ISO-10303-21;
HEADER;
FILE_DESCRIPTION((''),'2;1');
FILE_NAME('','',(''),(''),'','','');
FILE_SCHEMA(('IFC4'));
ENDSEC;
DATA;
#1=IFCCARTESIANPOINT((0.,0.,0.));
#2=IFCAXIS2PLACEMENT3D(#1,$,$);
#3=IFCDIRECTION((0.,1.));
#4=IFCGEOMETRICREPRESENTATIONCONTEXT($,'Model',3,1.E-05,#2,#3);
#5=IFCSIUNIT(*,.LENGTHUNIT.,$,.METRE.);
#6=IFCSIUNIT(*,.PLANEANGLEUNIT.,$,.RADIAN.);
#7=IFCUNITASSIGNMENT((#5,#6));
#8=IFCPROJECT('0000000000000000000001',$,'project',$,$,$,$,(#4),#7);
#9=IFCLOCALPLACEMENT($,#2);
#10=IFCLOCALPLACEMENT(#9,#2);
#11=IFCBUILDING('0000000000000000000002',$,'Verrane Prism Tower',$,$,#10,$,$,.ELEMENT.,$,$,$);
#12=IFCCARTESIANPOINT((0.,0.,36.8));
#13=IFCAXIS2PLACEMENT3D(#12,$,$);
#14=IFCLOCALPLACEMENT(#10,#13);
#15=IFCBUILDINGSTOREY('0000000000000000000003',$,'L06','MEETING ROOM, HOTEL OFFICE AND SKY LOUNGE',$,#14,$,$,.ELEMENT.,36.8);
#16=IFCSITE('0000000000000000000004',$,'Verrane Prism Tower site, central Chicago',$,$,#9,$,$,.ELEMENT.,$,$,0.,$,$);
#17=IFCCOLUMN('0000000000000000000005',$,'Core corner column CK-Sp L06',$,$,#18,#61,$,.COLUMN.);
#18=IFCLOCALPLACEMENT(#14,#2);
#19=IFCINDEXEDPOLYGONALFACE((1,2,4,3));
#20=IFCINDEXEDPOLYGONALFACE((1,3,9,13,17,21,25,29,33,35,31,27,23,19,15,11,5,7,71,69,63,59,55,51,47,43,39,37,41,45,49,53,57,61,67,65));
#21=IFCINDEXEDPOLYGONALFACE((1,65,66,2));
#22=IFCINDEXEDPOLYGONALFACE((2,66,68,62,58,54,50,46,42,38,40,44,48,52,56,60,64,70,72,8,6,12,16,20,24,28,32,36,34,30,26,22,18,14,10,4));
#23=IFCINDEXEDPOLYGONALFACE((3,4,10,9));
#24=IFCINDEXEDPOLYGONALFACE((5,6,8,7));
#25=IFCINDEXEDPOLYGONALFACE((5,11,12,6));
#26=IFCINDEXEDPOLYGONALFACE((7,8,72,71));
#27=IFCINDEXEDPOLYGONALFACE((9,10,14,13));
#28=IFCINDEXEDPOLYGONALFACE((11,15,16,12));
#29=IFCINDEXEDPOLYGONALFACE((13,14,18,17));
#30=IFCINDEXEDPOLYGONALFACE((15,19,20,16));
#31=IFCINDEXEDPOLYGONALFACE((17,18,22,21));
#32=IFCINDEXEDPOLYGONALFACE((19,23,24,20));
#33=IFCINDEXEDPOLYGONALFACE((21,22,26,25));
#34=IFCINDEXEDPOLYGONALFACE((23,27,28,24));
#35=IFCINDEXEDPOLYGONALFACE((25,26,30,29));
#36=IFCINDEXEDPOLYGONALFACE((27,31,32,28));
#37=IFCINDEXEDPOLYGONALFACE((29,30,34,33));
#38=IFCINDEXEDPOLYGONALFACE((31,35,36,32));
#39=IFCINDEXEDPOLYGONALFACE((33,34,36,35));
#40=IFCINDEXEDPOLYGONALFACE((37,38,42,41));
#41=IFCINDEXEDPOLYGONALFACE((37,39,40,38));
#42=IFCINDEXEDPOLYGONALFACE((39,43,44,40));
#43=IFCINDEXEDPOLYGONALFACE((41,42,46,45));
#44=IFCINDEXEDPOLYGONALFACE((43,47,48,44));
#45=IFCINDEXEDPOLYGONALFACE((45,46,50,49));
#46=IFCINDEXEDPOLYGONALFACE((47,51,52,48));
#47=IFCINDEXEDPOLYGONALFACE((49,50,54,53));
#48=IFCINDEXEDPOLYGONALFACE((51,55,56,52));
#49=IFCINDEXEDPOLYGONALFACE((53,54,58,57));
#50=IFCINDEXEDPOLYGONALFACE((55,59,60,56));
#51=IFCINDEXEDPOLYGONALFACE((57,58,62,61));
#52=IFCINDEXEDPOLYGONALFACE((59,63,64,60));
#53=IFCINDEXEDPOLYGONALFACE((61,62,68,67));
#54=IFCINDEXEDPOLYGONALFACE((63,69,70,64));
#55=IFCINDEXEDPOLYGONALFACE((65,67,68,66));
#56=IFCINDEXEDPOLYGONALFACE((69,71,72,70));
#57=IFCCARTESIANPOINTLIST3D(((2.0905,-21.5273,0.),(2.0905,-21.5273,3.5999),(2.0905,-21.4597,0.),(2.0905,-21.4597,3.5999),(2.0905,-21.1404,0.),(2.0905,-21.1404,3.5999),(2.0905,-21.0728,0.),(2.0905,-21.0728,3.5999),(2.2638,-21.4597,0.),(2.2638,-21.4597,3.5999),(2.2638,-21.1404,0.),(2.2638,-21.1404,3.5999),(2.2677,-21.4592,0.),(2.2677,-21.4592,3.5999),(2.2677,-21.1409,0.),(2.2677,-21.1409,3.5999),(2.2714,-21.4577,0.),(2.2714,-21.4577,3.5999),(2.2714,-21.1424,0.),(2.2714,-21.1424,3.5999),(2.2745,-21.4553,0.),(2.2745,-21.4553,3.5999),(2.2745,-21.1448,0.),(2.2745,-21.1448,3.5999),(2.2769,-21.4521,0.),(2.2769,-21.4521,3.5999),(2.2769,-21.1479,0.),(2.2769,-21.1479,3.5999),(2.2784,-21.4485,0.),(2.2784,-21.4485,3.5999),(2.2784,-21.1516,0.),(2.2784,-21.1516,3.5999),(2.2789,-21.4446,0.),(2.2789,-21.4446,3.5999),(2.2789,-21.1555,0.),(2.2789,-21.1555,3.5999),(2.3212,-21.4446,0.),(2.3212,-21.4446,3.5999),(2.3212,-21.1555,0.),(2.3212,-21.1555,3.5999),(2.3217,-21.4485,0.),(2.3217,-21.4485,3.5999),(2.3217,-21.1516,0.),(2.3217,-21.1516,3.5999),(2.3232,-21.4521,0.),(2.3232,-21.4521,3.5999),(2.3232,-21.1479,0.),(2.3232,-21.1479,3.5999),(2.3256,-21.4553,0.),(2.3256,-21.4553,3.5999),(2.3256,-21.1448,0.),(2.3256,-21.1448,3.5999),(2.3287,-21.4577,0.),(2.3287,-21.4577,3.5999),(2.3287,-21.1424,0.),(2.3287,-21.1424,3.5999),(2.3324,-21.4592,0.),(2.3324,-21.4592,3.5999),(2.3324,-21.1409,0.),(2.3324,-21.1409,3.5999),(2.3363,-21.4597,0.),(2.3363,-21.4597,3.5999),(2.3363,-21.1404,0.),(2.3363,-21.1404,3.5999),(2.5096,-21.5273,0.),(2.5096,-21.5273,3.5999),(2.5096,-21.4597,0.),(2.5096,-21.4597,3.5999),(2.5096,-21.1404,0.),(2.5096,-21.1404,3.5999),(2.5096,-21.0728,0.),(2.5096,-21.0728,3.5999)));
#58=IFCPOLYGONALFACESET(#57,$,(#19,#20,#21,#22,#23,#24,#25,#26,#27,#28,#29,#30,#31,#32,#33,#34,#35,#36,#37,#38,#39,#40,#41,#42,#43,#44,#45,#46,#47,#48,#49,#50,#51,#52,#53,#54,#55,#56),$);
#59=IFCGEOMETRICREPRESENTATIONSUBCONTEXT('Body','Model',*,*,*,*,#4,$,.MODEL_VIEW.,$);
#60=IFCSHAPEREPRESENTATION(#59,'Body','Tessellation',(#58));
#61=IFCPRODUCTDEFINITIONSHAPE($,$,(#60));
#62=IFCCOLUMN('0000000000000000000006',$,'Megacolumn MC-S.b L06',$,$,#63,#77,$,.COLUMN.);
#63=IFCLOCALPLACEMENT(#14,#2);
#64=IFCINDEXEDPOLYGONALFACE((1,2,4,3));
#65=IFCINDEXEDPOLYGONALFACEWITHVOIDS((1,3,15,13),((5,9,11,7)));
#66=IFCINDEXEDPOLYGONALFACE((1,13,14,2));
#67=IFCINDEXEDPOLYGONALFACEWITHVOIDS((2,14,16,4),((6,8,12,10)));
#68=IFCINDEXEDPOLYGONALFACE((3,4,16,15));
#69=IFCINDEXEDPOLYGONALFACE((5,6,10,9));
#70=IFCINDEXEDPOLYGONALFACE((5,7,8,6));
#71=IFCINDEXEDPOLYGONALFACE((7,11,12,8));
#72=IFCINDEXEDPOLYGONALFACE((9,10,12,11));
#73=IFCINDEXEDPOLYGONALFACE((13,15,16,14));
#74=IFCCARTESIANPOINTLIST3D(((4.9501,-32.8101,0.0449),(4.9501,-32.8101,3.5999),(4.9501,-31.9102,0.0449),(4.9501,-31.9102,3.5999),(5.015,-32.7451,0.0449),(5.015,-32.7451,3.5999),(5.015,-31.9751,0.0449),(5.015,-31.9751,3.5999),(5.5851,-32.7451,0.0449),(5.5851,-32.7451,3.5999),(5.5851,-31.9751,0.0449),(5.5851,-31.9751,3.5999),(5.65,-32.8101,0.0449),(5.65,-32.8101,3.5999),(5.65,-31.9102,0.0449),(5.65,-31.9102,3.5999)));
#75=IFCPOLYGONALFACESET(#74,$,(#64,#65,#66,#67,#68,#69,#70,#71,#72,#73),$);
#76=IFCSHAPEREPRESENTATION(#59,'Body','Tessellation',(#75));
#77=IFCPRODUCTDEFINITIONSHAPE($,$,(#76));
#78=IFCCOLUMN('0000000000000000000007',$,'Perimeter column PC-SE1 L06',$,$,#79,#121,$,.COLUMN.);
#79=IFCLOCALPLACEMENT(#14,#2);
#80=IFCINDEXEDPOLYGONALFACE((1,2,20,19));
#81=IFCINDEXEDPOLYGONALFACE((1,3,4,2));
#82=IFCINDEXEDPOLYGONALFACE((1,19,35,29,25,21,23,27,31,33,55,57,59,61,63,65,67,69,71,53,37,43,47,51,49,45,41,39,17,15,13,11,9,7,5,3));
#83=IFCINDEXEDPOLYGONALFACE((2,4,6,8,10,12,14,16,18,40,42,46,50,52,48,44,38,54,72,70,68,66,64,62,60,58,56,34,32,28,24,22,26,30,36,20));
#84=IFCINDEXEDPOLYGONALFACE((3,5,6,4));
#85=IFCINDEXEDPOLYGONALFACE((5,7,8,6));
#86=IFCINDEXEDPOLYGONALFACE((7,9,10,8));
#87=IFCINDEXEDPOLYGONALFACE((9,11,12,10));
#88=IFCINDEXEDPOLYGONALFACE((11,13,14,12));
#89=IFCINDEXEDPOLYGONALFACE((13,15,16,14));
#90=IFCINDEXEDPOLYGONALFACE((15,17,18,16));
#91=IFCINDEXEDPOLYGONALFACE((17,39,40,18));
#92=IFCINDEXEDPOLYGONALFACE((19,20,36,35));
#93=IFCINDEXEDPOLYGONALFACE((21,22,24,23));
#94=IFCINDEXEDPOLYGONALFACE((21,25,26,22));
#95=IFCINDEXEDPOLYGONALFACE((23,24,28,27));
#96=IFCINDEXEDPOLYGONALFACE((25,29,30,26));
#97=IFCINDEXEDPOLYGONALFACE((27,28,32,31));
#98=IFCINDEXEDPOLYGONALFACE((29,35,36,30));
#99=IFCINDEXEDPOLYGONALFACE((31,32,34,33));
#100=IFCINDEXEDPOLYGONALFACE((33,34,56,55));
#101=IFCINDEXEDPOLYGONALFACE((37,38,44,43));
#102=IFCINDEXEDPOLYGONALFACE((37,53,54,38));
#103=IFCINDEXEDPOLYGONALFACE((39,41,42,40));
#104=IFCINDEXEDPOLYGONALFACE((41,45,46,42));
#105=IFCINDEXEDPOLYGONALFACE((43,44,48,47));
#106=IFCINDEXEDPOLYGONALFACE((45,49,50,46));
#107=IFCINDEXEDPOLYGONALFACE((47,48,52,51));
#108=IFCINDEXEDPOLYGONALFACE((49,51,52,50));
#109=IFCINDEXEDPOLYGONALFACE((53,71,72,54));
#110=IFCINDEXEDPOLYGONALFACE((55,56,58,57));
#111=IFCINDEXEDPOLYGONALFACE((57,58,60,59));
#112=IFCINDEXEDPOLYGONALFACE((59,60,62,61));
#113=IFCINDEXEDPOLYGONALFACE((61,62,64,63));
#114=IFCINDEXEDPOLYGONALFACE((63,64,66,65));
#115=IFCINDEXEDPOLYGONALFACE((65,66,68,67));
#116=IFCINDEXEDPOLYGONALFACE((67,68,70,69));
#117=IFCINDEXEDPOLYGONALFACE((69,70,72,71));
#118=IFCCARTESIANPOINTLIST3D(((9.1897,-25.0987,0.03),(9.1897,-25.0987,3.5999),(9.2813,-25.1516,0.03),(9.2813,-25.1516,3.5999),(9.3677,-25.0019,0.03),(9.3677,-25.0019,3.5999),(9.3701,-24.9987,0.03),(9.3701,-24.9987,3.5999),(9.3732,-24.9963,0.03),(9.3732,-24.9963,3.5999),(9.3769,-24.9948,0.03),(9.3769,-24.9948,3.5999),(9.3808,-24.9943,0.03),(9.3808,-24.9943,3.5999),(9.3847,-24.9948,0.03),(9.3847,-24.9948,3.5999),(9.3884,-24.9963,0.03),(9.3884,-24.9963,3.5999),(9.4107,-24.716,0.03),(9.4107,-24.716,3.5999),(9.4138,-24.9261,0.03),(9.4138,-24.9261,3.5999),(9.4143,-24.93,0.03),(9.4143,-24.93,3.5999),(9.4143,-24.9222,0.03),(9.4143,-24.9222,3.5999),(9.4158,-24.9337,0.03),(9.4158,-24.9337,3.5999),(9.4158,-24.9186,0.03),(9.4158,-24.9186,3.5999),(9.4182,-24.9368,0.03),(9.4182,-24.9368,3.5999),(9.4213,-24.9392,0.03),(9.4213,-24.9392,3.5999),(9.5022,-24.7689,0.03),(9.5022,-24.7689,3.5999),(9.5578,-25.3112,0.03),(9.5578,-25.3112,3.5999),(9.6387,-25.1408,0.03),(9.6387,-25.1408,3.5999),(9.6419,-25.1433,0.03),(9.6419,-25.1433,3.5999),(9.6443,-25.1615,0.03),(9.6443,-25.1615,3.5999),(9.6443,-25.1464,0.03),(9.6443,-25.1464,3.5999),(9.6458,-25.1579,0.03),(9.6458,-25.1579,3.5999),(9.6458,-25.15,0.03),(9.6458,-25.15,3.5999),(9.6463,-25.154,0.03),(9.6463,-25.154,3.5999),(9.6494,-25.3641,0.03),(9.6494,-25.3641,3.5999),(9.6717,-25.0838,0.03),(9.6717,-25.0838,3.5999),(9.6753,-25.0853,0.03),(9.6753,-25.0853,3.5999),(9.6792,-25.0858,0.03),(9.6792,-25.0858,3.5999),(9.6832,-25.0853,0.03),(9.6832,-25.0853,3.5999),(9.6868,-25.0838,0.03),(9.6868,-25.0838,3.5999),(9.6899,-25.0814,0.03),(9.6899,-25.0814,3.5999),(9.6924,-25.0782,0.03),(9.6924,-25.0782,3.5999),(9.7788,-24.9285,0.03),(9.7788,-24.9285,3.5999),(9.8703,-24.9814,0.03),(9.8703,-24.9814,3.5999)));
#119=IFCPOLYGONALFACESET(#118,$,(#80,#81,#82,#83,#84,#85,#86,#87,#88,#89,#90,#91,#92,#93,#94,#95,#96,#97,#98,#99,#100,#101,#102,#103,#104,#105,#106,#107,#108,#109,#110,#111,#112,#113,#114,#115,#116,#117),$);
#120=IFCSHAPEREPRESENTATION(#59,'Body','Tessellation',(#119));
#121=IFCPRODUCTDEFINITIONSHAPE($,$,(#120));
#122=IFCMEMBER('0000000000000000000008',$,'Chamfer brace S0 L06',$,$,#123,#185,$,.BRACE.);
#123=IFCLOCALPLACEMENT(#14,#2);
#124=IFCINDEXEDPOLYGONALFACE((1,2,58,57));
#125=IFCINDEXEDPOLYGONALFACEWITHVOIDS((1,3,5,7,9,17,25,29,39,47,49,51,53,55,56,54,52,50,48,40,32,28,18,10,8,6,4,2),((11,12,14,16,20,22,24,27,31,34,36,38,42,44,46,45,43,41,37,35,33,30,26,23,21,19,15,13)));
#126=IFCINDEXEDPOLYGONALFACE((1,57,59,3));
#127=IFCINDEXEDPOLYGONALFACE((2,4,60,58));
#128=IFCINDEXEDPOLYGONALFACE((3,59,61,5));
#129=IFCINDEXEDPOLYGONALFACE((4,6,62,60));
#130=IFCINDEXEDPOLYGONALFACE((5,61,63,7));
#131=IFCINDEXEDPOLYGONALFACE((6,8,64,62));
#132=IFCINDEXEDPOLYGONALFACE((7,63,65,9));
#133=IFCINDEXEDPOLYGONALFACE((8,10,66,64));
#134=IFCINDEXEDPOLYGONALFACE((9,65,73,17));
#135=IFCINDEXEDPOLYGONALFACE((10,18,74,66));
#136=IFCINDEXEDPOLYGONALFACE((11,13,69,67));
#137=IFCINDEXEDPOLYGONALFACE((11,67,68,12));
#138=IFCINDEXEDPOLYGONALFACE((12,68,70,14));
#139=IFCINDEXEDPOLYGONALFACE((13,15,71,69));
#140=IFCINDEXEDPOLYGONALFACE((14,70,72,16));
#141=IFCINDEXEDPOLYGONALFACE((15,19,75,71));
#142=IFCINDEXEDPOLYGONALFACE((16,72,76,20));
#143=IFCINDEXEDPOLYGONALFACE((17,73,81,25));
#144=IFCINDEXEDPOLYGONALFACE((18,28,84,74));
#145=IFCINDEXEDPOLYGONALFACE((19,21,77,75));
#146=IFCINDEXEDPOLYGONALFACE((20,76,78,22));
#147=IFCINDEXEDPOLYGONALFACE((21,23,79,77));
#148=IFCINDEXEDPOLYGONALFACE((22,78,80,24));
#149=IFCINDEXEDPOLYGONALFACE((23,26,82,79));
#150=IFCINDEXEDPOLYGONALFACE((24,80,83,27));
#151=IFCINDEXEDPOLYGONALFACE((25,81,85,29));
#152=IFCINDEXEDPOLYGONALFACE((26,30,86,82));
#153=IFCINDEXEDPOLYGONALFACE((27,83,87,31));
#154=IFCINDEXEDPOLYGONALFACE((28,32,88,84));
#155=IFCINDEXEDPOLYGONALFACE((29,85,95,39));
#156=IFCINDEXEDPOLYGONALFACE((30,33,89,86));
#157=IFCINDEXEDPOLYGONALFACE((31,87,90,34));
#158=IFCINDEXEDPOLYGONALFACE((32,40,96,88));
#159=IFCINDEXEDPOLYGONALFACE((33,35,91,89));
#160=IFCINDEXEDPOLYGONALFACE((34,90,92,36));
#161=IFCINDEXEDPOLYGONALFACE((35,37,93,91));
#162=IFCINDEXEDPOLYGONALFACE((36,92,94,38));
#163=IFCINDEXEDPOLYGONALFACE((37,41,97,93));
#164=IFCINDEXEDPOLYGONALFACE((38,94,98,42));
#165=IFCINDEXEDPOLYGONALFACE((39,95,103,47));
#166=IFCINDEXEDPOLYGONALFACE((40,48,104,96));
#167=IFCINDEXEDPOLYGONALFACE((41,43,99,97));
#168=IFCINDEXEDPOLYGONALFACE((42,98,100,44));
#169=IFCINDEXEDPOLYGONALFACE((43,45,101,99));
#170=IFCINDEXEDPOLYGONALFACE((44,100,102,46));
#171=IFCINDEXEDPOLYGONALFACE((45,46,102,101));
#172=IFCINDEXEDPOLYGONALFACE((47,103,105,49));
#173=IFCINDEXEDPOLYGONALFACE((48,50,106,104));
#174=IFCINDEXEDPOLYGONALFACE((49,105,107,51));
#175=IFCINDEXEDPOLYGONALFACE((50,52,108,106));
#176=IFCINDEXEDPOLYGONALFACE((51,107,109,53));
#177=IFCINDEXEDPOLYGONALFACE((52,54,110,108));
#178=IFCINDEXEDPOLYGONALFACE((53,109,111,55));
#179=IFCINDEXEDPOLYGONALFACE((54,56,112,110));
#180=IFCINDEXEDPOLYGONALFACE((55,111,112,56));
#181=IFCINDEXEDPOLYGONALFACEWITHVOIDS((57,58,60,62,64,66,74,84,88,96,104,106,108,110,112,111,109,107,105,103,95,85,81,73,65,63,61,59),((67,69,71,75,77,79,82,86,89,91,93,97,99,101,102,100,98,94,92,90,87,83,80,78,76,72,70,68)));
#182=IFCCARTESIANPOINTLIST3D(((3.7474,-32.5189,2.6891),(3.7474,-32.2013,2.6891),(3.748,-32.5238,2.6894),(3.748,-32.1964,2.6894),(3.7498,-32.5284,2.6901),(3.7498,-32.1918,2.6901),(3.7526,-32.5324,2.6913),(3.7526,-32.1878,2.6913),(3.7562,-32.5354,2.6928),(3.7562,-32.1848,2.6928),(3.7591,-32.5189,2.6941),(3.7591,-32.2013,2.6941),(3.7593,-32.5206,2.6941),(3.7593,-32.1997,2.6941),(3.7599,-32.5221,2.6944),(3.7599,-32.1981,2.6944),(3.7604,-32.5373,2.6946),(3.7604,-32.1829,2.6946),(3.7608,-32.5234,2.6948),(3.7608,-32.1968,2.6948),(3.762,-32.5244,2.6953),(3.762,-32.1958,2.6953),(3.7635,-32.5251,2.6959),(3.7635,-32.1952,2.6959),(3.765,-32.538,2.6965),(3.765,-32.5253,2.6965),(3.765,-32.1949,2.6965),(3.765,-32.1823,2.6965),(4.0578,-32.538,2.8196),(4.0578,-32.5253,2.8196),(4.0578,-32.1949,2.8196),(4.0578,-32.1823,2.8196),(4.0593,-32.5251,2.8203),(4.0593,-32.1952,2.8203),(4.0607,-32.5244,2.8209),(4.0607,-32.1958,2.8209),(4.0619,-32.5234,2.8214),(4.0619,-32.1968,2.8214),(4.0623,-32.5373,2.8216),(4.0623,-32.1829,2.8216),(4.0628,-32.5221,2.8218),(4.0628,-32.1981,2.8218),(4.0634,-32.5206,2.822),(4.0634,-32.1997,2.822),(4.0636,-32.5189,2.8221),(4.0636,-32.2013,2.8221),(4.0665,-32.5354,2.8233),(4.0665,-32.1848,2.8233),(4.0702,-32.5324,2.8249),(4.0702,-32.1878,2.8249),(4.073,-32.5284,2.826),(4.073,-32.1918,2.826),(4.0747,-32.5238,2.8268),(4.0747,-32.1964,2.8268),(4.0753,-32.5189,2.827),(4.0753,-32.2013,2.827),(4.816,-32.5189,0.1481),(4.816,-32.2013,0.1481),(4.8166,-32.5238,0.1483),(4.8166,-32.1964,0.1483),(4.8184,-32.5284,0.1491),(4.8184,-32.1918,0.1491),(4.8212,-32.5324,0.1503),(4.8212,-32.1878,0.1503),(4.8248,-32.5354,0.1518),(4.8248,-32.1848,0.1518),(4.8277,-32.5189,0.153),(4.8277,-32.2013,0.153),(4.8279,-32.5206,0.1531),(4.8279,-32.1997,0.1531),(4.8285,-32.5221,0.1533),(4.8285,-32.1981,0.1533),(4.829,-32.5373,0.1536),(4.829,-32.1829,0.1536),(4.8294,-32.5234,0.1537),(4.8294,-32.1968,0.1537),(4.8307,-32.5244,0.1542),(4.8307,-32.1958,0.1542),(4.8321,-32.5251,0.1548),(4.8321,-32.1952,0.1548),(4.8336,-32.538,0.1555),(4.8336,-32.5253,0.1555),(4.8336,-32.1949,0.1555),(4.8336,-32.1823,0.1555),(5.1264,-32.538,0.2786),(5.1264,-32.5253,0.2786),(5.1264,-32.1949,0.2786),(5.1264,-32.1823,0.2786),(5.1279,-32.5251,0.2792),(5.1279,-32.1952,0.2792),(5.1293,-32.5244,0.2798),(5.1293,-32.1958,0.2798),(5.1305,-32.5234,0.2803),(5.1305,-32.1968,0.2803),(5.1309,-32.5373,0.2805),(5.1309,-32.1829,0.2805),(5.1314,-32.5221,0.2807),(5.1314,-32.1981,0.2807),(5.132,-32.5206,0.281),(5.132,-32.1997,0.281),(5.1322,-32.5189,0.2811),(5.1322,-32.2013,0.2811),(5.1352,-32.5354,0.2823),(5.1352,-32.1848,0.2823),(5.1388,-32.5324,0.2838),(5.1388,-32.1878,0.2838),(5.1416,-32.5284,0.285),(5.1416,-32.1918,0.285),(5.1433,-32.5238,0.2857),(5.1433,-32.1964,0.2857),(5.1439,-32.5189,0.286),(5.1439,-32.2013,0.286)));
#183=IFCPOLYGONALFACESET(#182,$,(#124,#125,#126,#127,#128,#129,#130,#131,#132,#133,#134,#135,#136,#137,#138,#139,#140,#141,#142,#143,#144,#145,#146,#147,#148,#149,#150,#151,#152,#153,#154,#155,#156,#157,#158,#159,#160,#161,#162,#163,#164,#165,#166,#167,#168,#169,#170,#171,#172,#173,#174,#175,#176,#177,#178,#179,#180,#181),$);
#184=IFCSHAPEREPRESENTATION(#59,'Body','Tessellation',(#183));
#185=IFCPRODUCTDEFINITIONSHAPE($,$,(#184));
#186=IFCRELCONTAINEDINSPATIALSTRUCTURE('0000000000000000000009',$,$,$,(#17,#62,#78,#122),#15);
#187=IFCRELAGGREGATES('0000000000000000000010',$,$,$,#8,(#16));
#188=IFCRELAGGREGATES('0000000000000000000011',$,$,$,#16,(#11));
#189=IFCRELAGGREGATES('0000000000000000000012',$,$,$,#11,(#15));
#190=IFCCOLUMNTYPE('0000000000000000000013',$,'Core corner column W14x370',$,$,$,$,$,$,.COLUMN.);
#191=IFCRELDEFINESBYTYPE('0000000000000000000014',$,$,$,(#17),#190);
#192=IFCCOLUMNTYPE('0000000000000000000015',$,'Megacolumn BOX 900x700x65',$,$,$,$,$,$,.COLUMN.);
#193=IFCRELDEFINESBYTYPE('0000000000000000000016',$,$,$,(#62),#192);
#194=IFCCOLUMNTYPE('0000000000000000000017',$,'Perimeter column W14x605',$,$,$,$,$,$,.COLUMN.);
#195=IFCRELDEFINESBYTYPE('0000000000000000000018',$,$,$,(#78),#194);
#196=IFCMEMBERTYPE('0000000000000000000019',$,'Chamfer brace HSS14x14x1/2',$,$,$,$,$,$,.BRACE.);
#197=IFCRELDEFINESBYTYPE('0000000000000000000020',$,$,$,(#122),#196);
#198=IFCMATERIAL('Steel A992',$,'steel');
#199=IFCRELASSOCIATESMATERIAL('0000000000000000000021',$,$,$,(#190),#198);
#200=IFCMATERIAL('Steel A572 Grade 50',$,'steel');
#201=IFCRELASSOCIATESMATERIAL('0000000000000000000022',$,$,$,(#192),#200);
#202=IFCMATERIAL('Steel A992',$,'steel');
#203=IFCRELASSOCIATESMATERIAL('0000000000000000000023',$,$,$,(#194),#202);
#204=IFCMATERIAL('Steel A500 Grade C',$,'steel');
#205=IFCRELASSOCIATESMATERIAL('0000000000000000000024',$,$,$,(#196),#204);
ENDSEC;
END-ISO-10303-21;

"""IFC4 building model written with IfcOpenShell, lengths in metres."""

from ifc_helpers import new_model, si_unit, direction, frame, origin, origin_2d, place, context, subcontext, project, spatial, hollow_rectangle, i_section, extrude, material, material_profile, profile_set, type_object, element, save


model = new_model("IFC4")

# Units and contexts
model_context = context("Model", 3, precision=1e-05, world=origin(), true_north=direction((0.0, 1.0)))
body_context = subcontext(model_context, "Body", "Model", "MODEL_VIEW")
ifc_project = project(units=[si_unit("LENGTHUNIT", "METRE"), si_unit("PLANEANGLEUNIT", "RADIAN")], contexts=[model_context])

# Site, building, storey
site_placement = place(None, origin())
site = spatial("IfcSite", under=ifc_project, at=site_placement, Name="Verrane Prism Tower site, central Chicago", CompositionType="ELEMENT", RefElevation=0.0)
building_placement = place(site_placement, origin())
building = spatial("IfcBuilding", under=site, at=building_placement, Name="Verrane Prism Tower", CompositionType="ELEMENT")
storey_placement = place(building_placement, frame((0.0, 0.0, 36.8)))
storey = spatial("IfcBuildingStorey", under=building, at=storey_placement, Name="L06", Description="MEETING ROOM, HOTEL OFFICE AND SKY LOUNGE", CompositionType="ELEMENT", Elevation=36.8)

# Columns
ifc_material_1 = material(Name="Steel A992", Category="steel")
ifc_material_profile_1 = material_profile(ifc_material_1, i_section(OverallWidth=0.4192, OverallDepth=0.4546, WebThickness=0.0422, FlangeThickness=0.0676, FilletRadius=0.0151, at=origin_2d()), Name="W14x370")
ifc_profile_set_1 = profile_set([ifc_material_profile_1], Name="Steel A992")
column_type_1 = type_object("IfcColumnType", Name="Core corner column W14x370", PredefinedType="COLUMN", material=ifc_profile_set_1)
column_1_placement = place(storey_placement, frame((2.3, -21.3, 0.0), z_axis=(0.0, 0.0, 1.0), x_axis=(-1.0, 0.0, 0.0)))
element("IfcColumn", 1, at=column_1_placement, inside=storey, type_object=column_type_1, Name="Core corner column CK-Sp L06", PredefinedType="COLUMN", context=body_context, shape_type="SweptSolid", body=[
    extrude(i_section(OverallWidth=0.4192, OverallDepth=0.4546, WebThickness=0.0422, FlangeThickness=0.0676, FilletRadius=0.0151, at=origin_2d()), origin(), (0.0, 0.0, 1.0), 3.5999),
])
ifc_material_2 = material(Name="Steel A572 Grade 50", Category="steel")
ifc_material_profile_2 = material_profile(ifc_material_2, hollow_rectangle(XDim=0.7, YDim=0.8999, WallThickness=0.0649, at=origin_2d()), Name="BOX 900x700x65")
ifc_profile_set_2 = profile_set([ifc_material_profile_2], Name="Steel A572 Grade 50")
column_type_2 = type_object("IfcColumnType", Name="Megacolumn BOX 900x700x65", PredefinedType="COLUMN", material=ifc_profile_set_2)
column_2_placement = place(storey_placement, frame((5.3, -32.3601, 0.0449), z_axis=(0.0, 0.0, 1.0), x_axis=(-1.0, 0.0, 0.0)))
element("IfcColumn", 2, at=column_2_placement, inside=storey, type_object=column_type_2, Name="Megacolumn MC-S.b L06", PredefinedType="COLUMN", context=body_context, shape_type="SweptSolid", body=[
    extrude(hollow_rectangle(XDim=0.7, YDim=0.8999, WallThickness=0.0649, at=origin_2d()), origin(), (0.0, 0.0, 1.0), 3.5549),
])
ifc_material_3 = material(Name="Steel A992", Category="steel")
ifc_material_profile_3 = material_profile(ifc_material_3, i_section(OverallWidth=0.4419, OverallDepth=0.5308, WebThickness=0.0659, FlangeThickness=0.1057, FilletRadius=0.0151, at=origin_2d()), Name="W14x605")
ifc_profile_set_3 = profile_set([ifc_material_profile_3], Name="Steel A992")
column_type_3 = type_object("IfcColumnType", Name="Perimeter column W14x605", PredefinedType="COLUMN", material=ifc_profile_set_3)
column_3_placement = place(storey_placement, frame((9.53, -25.04, 0.03), z_axis=(0.0, 0.0, 1.0), x_axis=(-0.5, -0.866025, 0.0)))
element("IfcColumn", 3, at=column_3_placement, inside=storey, type_object=column_type_3, Name="Perimeter column PC-SE1 L06", PredefinedType="COLUMN", context=body_context, shape_type="SweptSolid", body=[
    extrude(i_section(OverallWidth=0.4419, OverallDepth=0.5308, WebThickness=0.0659, FlangeThickness=0.1057, FilletRadius=0.0151, at=origin_2d()), origin(), (0.0, 0.0, 1.0), 3.5698),
])

# Member
ifc_material_4 = material(Name="Steel A500 Grade C", Category="steel")
ifc_material_profile_4 = material_profile(ifc_material_4, hollow_rectangle(XDim=0.3557, YDim=0.3557, WallThickness=0.0127, InnerFilletRadius=0.0063, OuterFilletRadius=0.019, at=origin_2d()), Name="HSS14x14x1/2")
ifc_profile_set_4 = profile_set([ifc_material_profile_4], Name="Steel A500 Grade C")
member_type_1 = type_object("IfcMemberType", Name="Chamfer brace HSS14x14x1/2", PredefinedType="BRACE", material=ifc_profile_set_4)
member_1_placement = place(storey_placement, frame((4.98, -32.3601, 0.217), z_axis=(-0.387657, 0.0, 0.921804), x_axis=(0.0, -1.0, 0.0)))
element("IfcMember", 4, at=member_1_placement, inside=storey, type_object=member_type_1, Name="Chamfer brace S0 L06", PredefinedType="BRACE", context=body_context, shape_type="SweptSolid", body=[
    extrude(hollow_rectangle(XDim=0.3557, YDim=0.3557, WallThickness=0.0127, InnerFilletRadius=0.0063, OuterFilletRadius=0.019, at=origin_2d()), origin(), (0.0, 0.0, 1.0), 2.7566),
])

save(model, "model.ifc")
